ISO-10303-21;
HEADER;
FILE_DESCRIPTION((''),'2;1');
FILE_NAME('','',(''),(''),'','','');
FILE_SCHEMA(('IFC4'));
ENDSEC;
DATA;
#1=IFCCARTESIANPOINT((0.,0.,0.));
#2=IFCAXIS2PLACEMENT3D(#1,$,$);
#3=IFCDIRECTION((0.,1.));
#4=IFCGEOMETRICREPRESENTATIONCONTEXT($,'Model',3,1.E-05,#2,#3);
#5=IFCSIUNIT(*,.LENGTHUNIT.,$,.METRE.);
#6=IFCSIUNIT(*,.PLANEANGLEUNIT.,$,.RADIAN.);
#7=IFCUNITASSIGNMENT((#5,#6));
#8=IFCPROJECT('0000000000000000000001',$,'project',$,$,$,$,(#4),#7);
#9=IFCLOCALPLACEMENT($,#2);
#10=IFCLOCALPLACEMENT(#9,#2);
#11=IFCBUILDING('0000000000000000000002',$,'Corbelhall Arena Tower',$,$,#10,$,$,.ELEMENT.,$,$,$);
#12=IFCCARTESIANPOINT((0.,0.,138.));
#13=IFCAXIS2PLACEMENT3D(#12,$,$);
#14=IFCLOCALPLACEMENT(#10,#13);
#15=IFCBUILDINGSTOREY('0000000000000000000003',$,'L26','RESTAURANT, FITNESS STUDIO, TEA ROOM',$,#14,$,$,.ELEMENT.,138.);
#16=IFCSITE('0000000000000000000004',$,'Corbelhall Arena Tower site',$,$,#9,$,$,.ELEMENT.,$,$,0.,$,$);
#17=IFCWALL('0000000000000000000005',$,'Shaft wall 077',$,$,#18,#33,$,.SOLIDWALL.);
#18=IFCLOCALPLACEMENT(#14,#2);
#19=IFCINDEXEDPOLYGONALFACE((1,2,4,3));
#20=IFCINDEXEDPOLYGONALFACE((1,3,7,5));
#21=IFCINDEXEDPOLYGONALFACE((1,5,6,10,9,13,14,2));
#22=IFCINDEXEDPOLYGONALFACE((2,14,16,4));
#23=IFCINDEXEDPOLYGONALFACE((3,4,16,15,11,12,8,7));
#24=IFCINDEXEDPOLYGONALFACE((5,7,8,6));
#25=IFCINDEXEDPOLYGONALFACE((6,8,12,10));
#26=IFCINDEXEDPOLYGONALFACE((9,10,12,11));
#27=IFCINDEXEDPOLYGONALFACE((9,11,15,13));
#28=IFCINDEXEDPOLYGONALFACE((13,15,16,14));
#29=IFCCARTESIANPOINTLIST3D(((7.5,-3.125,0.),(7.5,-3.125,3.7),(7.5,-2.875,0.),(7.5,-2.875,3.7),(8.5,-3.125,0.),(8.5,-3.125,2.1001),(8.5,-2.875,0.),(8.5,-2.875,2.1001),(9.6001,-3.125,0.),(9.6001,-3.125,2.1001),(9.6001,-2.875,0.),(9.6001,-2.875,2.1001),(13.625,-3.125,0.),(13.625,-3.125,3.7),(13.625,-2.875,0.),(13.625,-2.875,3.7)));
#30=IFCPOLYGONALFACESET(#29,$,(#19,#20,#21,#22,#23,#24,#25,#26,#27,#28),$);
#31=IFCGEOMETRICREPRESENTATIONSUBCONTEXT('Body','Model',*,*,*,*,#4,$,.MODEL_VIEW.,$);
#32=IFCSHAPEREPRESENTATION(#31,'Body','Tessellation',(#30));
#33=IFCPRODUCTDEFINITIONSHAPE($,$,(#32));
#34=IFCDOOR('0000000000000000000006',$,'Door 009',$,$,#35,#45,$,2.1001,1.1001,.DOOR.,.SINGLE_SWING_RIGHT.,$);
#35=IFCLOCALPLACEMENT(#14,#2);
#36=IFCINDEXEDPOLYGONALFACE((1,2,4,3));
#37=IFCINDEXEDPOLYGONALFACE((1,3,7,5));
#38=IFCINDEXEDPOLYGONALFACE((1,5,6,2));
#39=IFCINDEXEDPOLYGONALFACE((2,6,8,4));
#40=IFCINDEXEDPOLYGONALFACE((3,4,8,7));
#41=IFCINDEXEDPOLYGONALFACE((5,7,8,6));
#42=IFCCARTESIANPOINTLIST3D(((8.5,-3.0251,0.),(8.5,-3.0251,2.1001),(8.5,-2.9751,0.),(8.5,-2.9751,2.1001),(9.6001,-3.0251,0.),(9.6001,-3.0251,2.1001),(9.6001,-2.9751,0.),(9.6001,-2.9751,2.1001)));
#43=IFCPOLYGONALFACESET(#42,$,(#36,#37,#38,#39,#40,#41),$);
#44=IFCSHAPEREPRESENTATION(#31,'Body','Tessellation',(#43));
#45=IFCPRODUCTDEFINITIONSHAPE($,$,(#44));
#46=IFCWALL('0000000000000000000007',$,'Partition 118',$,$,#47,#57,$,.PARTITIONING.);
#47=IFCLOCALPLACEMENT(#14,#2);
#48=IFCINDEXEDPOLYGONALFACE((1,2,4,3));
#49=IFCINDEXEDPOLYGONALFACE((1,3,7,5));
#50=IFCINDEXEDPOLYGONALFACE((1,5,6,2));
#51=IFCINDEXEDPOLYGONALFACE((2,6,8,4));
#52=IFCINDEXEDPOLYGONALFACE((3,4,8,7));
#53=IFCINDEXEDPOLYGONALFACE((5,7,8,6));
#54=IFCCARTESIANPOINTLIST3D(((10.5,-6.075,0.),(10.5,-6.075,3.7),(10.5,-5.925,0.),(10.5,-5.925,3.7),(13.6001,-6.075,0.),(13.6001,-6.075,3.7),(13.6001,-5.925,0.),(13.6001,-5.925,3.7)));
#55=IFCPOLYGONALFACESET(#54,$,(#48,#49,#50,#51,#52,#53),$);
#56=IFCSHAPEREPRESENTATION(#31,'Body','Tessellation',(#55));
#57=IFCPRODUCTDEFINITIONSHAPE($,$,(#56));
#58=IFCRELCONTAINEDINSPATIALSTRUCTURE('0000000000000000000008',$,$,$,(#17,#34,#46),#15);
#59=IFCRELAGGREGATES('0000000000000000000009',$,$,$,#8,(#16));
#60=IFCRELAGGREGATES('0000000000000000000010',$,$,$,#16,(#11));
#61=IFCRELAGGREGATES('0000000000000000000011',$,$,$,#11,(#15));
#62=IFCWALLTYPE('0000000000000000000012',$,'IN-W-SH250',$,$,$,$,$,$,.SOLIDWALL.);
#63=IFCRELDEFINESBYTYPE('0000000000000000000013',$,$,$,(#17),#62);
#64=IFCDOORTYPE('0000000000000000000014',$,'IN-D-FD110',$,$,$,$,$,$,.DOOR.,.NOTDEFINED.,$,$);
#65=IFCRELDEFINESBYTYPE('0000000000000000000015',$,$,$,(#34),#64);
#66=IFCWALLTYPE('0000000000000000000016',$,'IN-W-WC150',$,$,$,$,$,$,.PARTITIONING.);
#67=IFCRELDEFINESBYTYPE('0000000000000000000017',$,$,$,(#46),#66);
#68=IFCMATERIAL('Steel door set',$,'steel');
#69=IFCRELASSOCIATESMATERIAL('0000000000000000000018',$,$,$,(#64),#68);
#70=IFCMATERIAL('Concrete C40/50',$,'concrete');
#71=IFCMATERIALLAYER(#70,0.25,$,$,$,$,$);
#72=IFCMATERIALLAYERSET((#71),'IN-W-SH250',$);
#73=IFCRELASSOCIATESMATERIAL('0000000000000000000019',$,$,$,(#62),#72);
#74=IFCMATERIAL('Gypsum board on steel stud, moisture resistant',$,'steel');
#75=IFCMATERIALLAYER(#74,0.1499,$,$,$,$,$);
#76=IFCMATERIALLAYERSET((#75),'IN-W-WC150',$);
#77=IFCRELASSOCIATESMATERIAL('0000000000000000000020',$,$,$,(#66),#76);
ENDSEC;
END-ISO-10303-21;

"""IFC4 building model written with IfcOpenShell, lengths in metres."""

from ifc_helpers import new_model, si_unit, direction, frame, frame_2d, origin, place, context, subcontext, project, spatial, rectangle, extrude, material, layer, layer_set, type_object, element, fill, save


model = new_model("IFC4")

# Units and contexts
model_context = context("Model", 3, precision=1e-05, world=origin(), true_north=direction((0.0, 1.0)))
body_context = subcontext(model_context, "Body", "Model", "MODEL_VIEW")
ifc_project = project(units=[si_unit("LENGTHUNIT", "METRE"), si_unit("PLANEANGLEUNIT", "RADIAN")], contexts=[model_context])

# Site, building, storey
site_placement = place(None, origin())
site = spatial("IfcSite", under=ifc_project, at=site_placement, Name="Corbelhall Arena Tower site", CompositionType="ELEMENT", RefElevation=0.0)
building_placement = place(site_placement, origin())
building = spatial("IfcBuilding", under=site, at=building_placement, Name="Corbelhall Arena Tower", CompositionType="ELEMENT")
storey_placement = place(building_placement, frame((0.0, 0.0, 138.0)))
storey = spatial("IfcBuildingStorey", under=building, at=storey_placement, Name="L26", Description="RESTAURANT, FITNESS STUDIO, TEA ROOM", CompositionType="ELEMENT", Elevation=138.0)

# Shared definitions
ifc_material_1 = material(Name="Concrete C40/50", Category="concrete")

# Shared definitions
ifc_material_2 = material(Name="Steel door set", Category="steel")
door_type = type_object("IfcDoorType", Name="IN-D-FD110", OperationType="NOTDEFINED", PredefinedType="DOOR", material=ifc_material_2)

# Wall, opening, door
ifc_layer_1 = layer(ifc_material_1, 0.25)
ifc_layer_set_1 = layer_set([ifc_layer_1], Name="IN-W-SH250")
wall_type_1 = type_object("IfcWallType", Name="IN-W-SH250", PredefinedType="SOLIDWALL", material=ifc_layer_set_1)
wall_1_placement = place(storey_placement, frame((7.5, -3.0, 0.0), z_axis=(0.0, 0.0, 1.0), x_axis=(1.0, 0.0, 0.0)))
wall_1 = element("IfcWall", 1, at=wall_1_placement, inside=storey, type_object=wall_type_1, Name="Shaft wall 077", PredefinedType="SOLIDWALL", context=body_context, shape_type="SweptSolid", body=[
    extrude(rectangle(XDim=6.125, YDim=0.25, at=frame_2d((3.0625, 0.0))), origin(), (0.0, 0.0, 1.0), 3.7),
])
opening_1_placement = place(wall_1_placement, frame((1.0, 0.0, 0.0)))
opening_1 = element("IfcOpeningElement", 2, at=opening_1_placement, cuts=wall_1, PredefinedType="OPENING", context=body_context, shape_type="SweptSolid", body=[
    extrude(rectangle(XDim=1.1001, YDim=2.1001, at=frame_2d((0.55, 1.05))), frame((0.0, 0.125, 0.0), z_axis=(0.0, -1.0, 0.0), x_axis=(1.0, 0.0, 0.0)), (0.0, 0.0, 1.0), 0.25),
])
door_1_placement = place(opening_1_placement, origin())
door_1 = element("IfcDoor", 3, at=door_1_placement, inside=storey, type_object=door_type, Name="Door 009", OperationType="SINGLE_SWING_RIGHT", OverallHeight=2.1001, OverallWidth=1.1001, PredefinedType="DOOR", context=body_context, shape_type="SweptSolid", body=[
    extrude(rectangle(XDim=1.1001, YDim=2.1001, at=frame_2d((0.55, 1.05))), frame((0.0, 0.0249, 0.0), z_axis=(0.0, -1.0, 0.0), x_axis=(1.0, 0.0, 0.0)), (0.0, 0.0, 1.0), 0.05),
])
fill(opening_1, door_1)

# Wall
ifc_material_3 = material(Name="Gypsum board on steel stud, moisture resistant", Category="steel")
ifc_layer_2 = layer(ifc_material_3, 0.1499)
ifc_layer_set_2 = layer_set([ifc_layer_2], Name="IN-W-WC150")
wall_type_2 = type_object("IfcWallType", Name="IN-W-WC150", PredefinedType="PARTITIONING", material=ifc_layer_set_2)
wall_2_placement = place(storey_placement, frame((10.5, -6.0, 0.0), z_axis=(0.0, 0.0, 1.0), x_axis=(1.0, 0.0, 0.0)))
element("IfcWall", 4, at=wall_2_placement, inside=storey, type_object=wall_type_2, Name="Partition 118", PredefinedType="PARTITIONING", context=body_context, shape_type="SweptSolid", body=[
    extrude(rectangle(XDim=3.1001, YDim=0.1499, at=frame_2d((1.55, 0.0))), origin(), (0.0, 0.0, 1.0), 3.7),
])

save(model, "model.ifc")
